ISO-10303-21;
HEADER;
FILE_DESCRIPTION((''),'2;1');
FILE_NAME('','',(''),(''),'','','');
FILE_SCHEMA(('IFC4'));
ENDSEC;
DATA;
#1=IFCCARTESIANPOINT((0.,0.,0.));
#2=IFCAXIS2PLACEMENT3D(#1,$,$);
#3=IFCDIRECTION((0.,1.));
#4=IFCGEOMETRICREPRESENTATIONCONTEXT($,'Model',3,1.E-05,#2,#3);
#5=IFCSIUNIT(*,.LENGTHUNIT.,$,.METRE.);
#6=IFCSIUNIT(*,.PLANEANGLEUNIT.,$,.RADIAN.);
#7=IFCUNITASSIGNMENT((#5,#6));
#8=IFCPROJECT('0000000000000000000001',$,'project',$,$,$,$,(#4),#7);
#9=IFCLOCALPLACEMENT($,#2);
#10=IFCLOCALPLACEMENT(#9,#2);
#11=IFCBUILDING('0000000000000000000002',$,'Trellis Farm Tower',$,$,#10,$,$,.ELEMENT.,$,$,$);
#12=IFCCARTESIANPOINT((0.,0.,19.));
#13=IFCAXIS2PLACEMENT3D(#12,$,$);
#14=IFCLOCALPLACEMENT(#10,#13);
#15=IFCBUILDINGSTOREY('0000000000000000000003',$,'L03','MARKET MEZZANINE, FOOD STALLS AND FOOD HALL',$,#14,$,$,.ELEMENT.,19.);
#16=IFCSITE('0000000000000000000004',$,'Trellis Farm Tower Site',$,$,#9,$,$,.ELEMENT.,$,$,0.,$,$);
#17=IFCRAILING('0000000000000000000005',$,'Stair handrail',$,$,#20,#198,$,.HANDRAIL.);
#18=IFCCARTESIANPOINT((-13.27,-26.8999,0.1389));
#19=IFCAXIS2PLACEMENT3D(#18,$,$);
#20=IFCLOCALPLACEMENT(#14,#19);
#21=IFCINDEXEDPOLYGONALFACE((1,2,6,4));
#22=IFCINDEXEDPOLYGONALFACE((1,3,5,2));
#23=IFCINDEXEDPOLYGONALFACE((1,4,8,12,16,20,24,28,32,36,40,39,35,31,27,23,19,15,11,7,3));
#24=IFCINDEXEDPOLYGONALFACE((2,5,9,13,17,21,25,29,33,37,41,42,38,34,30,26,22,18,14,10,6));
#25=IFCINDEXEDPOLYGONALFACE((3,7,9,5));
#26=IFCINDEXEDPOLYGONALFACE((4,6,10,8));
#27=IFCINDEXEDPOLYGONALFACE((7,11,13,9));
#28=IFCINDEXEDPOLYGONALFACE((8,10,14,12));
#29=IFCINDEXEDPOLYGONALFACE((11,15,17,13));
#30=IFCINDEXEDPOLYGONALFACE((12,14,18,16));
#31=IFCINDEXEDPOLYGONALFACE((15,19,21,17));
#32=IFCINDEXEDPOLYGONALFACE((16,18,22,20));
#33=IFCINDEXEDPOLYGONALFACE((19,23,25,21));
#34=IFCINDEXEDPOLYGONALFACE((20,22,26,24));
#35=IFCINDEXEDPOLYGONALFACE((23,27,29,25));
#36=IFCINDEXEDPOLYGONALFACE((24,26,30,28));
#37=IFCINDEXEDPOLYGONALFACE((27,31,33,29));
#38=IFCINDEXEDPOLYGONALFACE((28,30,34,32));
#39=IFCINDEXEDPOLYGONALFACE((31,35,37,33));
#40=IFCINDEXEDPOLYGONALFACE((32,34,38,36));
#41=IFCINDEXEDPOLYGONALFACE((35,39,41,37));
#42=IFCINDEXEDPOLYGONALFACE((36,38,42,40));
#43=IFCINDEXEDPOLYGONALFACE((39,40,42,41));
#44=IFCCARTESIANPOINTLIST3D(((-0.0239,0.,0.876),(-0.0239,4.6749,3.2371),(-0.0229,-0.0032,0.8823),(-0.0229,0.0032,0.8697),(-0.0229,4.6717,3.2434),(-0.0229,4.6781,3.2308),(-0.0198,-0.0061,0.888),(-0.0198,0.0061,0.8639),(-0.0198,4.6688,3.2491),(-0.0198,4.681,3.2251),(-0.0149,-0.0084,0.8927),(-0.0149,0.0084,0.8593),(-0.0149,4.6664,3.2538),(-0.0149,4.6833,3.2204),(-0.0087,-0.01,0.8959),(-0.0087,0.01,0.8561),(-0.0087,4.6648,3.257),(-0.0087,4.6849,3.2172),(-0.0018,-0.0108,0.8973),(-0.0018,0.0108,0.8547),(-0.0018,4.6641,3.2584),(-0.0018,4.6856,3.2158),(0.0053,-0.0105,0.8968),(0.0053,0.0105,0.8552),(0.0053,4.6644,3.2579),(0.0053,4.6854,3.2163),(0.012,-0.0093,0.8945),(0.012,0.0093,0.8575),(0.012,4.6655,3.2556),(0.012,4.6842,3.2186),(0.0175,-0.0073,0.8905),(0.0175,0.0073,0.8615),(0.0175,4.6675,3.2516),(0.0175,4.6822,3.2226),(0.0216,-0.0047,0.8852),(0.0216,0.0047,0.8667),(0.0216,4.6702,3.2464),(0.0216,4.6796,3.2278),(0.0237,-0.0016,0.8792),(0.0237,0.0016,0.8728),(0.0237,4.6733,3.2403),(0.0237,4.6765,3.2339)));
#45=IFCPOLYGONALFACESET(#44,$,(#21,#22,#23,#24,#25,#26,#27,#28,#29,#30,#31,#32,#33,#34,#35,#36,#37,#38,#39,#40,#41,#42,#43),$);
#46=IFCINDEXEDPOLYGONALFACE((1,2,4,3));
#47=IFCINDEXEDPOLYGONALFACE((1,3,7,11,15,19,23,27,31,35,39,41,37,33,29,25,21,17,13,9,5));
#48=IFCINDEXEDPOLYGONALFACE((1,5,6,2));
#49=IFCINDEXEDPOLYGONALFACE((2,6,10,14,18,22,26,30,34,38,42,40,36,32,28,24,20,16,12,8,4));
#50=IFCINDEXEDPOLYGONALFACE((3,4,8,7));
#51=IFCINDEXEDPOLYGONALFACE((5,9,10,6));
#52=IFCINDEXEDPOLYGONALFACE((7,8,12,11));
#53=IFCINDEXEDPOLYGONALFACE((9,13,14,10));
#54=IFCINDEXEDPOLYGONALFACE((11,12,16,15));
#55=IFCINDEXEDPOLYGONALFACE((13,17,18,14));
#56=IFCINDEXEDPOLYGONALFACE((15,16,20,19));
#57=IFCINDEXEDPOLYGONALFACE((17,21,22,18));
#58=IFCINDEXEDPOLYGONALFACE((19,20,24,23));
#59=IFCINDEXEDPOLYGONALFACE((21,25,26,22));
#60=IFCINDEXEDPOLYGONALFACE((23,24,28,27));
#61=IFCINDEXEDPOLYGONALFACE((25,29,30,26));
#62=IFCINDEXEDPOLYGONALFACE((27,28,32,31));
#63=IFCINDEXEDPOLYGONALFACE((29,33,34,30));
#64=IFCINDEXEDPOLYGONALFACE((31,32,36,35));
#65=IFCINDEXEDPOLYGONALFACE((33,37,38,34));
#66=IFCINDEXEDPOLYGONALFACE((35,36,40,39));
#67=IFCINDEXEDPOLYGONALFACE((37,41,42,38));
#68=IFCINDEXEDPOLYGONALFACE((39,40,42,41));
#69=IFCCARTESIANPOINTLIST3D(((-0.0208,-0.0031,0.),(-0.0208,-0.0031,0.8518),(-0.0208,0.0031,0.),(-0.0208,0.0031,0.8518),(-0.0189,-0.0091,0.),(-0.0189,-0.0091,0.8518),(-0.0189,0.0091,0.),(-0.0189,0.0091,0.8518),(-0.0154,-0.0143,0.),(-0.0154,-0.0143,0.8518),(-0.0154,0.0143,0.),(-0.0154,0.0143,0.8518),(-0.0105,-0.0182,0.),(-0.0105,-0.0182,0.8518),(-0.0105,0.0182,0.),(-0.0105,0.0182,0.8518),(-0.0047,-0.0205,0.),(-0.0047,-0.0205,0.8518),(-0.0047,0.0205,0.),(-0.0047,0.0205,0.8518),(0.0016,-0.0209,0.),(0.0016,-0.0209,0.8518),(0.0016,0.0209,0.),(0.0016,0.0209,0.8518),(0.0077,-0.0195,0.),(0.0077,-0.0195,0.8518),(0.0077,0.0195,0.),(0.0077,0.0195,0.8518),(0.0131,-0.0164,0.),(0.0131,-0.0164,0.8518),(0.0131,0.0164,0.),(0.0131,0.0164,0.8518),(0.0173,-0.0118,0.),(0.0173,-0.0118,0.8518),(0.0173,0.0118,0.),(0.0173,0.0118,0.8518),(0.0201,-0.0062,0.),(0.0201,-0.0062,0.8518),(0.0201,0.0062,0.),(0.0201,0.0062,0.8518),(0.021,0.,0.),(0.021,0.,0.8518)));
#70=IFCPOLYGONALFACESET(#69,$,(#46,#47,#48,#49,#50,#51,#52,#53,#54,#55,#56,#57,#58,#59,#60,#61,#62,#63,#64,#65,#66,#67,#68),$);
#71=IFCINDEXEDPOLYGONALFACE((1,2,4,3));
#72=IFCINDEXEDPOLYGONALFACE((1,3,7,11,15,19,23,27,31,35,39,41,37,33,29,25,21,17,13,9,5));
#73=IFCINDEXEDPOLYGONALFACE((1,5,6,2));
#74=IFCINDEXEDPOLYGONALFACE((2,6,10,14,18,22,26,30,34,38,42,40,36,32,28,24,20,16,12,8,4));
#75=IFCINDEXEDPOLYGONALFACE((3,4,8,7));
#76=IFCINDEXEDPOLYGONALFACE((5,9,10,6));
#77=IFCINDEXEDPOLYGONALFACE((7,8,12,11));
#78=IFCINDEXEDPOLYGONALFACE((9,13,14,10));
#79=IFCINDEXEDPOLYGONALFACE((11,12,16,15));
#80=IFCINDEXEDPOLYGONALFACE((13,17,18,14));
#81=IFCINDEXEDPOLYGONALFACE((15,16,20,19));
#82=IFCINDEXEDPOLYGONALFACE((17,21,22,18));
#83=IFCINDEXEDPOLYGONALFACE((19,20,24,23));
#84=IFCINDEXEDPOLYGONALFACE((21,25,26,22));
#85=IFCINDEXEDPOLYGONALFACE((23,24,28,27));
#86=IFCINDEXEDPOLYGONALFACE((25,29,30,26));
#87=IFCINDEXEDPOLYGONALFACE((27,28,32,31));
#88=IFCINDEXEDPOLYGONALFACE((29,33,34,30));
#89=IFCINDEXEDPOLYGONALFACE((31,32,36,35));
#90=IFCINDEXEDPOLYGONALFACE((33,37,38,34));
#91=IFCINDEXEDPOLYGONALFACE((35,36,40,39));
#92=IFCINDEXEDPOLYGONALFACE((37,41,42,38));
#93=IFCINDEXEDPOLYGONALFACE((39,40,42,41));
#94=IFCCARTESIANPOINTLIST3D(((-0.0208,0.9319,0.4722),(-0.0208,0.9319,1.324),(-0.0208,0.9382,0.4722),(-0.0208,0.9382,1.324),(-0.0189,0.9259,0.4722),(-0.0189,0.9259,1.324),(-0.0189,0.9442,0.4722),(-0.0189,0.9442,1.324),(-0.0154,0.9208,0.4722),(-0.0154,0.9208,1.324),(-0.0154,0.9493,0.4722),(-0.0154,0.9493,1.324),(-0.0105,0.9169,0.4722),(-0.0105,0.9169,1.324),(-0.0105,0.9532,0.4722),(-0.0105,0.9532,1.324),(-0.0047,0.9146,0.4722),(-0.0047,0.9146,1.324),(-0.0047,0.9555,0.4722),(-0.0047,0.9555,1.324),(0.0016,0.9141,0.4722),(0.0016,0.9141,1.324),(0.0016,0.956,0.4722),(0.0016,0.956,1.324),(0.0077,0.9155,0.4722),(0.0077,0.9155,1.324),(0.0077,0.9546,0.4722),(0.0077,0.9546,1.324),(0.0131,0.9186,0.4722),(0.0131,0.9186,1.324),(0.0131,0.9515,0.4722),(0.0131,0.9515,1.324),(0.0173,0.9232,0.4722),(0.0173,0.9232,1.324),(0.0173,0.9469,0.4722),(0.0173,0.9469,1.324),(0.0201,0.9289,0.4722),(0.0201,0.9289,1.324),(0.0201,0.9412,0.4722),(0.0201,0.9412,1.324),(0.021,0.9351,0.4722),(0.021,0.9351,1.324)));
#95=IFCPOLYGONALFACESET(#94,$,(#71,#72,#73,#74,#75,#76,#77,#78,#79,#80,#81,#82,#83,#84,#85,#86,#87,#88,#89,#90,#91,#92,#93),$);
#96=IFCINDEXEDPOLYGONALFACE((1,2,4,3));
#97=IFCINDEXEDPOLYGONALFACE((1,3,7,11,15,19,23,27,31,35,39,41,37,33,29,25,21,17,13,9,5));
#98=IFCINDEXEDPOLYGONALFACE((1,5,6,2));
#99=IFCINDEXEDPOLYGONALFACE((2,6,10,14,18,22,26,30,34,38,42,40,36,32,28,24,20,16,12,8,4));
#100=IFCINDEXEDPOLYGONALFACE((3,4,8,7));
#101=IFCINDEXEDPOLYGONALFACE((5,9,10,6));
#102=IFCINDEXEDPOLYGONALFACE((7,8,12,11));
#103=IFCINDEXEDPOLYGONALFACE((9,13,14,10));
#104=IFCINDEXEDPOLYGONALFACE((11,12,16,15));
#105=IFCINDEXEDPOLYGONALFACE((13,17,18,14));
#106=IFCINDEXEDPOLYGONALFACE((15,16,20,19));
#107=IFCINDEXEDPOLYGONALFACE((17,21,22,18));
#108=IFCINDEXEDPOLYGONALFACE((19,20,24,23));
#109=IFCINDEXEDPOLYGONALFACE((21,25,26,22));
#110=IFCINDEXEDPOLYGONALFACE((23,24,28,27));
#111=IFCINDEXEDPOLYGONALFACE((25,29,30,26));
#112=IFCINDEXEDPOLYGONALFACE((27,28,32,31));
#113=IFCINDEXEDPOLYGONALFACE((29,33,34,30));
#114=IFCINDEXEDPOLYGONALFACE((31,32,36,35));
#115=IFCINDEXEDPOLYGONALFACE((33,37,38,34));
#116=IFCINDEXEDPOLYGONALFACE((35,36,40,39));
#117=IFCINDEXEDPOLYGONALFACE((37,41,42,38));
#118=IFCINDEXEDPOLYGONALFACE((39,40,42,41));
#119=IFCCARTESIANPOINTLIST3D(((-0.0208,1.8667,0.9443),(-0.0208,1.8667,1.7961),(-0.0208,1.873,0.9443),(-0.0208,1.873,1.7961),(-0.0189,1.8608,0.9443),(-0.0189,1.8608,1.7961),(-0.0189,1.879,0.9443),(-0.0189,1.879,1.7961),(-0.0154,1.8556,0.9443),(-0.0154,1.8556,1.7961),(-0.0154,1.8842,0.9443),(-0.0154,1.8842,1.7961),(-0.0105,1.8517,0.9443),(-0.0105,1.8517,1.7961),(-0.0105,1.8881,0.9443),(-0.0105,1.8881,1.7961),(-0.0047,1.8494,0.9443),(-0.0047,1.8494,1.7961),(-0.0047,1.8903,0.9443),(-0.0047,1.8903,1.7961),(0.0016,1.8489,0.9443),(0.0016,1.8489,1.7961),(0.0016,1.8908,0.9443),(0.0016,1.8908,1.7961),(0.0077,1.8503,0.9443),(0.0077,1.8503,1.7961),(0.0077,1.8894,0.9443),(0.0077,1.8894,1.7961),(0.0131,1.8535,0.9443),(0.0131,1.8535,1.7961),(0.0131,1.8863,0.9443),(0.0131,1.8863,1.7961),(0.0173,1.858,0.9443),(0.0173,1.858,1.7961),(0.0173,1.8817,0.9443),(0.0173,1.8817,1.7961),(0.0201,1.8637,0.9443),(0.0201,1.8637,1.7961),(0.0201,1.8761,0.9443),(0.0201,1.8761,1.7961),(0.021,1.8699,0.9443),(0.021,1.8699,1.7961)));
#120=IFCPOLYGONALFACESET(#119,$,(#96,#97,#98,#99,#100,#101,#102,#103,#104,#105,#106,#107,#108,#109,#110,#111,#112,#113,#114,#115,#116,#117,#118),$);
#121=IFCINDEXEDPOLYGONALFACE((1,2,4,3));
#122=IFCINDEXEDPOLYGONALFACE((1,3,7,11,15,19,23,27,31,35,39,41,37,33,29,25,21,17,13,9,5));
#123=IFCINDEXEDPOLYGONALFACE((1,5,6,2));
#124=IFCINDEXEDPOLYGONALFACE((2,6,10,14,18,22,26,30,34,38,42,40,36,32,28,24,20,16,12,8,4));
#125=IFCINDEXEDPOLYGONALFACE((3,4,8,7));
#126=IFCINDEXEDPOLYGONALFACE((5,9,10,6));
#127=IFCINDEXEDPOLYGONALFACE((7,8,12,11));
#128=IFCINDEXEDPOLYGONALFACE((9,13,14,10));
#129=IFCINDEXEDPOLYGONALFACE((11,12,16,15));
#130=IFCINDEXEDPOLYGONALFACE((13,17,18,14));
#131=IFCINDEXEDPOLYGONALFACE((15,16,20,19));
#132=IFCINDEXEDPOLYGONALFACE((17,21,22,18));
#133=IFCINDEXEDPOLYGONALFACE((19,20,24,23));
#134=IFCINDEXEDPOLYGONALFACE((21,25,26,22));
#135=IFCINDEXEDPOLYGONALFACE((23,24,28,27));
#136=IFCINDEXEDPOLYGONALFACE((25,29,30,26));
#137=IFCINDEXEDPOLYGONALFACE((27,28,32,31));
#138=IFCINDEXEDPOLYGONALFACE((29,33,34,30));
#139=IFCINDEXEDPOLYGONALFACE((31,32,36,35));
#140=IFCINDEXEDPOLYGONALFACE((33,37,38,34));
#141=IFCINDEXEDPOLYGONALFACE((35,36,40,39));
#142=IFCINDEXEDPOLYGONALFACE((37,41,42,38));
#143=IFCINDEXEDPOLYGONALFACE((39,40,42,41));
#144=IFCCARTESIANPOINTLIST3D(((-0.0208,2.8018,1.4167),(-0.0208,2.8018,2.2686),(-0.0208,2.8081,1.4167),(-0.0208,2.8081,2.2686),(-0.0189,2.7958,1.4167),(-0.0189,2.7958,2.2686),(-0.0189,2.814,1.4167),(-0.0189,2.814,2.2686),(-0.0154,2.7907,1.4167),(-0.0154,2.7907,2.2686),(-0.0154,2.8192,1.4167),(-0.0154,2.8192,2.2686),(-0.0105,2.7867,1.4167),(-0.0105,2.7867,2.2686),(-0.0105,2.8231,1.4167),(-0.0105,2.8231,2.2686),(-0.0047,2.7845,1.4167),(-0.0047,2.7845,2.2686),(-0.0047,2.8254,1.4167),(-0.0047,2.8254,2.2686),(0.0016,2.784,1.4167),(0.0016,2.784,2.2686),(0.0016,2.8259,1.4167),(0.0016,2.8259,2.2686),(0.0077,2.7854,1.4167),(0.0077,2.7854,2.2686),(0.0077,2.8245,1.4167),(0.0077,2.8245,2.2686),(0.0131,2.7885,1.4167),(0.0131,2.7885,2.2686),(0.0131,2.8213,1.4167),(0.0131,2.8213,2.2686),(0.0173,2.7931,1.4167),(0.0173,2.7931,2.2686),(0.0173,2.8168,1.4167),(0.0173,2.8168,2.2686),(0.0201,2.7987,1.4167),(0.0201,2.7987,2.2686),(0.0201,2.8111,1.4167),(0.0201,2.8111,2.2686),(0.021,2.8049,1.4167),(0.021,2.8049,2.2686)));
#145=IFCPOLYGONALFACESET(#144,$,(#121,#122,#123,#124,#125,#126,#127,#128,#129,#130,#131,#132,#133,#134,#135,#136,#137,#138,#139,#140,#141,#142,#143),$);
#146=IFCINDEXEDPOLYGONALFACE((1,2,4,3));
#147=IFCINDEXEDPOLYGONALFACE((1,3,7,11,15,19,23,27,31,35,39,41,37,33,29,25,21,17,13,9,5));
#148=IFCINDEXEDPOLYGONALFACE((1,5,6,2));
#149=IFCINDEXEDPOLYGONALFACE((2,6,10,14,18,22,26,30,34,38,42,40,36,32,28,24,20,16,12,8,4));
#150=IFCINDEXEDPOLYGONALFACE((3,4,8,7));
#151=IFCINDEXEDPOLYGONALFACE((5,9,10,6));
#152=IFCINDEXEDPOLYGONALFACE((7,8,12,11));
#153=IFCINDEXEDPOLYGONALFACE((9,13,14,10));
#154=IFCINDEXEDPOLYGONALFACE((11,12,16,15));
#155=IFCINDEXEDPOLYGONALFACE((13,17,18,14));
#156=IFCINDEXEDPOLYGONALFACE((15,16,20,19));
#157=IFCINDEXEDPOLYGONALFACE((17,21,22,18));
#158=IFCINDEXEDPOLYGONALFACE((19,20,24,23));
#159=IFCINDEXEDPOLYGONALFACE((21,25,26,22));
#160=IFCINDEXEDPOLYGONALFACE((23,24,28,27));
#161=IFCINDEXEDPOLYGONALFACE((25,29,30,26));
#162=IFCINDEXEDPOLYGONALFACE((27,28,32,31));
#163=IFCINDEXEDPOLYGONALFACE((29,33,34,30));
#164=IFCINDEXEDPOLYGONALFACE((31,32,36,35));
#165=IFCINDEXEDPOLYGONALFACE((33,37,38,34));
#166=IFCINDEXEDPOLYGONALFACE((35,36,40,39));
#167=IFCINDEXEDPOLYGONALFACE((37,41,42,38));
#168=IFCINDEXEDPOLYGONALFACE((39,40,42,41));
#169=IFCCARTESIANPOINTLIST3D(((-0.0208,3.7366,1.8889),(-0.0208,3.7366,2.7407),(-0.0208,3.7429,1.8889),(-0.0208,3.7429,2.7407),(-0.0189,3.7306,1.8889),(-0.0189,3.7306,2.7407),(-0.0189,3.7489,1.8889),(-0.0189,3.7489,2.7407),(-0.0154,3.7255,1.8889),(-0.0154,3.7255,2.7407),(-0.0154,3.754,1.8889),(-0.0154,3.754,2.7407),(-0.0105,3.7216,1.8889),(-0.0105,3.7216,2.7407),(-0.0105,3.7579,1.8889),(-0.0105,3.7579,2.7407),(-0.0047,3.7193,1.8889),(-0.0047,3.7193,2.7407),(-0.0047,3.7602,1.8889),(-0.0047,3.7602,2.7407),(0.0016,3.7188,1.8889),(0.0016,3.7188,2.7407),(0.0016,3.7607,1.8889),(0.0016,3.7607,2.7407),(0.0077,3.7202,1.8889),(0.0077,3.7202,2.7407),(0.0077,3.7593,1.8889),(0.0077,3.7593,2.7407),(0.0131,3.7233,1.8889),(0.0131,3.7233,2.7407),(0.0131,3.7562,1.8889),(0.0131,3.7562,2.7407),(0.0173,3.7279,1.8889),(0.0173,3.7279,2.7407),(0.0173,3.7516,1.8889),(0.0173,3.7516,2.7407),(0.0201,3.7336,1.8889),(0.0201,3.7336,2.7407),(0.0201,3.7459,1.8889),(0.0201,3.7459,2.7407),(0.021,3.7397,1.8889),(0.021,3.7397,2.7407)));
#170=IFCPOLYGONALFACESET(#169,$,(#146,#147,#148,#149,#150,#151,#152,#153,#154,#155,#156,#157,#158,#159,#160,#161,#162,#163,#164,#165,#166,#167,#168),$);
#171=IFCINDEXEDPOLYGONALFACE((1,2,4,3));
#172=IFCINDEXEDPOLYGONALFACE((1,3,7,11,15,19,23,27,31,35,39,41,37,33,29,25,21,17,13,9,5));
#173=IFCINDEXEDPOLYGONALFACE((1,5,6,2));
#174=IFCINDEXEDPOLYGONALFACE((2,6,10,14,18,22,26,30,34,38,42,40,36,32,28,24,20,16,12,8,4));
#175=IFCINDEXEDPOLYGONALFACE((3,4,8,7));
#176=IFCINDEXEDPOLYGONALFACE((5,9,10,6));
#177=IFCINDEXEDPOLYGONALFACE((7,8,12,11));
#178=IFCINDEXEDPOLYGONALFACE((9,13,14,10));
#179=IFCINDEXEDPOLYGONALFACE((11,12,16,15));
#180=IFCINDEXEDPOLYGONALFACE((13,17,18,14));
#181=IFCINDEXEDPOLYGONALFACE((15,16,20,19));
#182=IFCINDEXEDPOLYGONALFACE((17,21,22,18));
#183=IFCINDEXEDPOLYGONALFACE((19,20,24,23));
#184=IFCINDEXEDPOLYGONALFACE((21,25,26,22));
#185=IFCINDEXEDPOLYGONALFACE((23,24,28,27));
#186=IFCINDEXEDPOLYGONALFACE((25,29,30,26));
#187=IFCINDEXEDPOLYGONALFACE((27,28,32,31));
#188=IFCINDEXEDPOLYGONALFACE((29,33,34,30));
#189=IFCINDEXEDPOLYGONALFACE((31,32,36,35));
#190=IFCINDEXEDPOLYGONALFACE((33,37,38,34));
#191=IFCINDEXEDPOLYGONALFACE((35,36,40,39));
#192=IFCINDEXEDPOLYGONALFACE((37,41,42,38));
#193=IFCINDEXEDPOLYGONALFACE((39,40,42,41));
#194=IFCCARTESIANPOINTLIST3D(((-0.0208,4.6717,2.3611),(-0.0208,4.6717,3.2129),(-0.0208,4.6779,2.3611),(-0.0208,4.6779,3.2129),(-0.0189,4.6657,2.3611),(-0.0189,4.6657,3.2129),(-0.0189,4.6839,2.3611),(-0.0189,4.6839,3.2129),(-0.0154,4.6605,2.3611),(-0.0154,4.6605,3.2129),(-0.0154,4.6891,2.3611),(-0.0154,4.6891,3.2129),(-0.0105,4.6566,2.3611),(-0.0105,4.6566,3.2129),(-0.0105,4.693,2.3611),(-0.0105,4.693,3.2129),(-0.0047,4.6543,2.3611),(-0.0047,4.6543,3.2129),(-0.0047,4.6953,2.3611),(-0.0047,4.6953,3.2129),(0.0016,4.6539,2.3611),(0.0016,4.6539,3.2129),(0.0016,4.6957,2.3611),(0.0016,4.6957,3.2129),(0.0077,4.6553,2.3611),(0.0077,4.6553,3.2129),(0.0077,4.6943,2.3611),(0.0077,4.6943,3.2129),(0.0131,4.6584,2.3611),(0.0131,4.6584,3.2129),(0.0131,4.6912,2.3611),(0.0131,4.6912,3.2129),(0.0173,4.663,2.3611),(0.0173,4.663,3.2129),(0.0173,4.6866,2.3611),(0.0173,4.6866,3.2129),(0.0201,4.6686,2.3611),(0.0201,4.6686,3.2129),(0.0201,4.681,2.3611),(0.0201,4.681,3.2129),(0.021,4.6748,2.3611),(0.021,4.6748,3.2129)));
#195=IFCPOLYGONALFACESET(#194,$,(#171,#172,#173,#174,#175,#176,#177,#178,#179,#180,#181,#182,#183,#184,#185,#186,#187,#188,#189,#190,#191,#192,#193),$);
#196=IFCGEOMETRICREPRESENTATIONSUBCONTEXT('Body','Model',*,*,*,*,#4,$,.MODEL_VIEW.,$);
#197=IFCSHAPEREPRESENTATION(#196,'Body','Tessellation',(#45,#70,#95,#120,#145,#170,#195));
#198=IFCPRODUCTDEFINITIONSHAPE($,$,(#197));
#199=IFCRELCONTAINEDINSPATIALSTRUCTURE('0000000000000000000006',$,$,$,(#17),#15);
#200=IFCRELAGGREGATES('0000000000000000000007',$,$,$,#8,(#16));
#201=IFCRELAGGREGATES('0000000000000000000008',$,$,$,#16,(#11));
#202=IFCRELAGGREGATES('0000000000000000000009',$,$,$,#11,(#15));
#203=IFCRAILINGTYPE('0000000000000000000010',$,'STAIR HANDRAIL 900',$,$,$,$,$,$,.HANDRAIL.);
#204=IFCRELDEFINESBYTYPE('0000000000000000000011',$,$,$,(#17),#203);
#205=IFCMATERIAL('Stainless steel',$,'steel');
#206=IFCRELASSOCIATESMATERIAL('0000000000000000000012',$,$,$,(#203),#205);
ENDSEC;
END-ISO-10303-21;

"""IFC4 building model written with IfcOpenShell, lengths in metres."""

from ifc_helpers import new_model, si_unit, direction, frame, origin, origin_2d, place, context, subcontext, project, spatial, circle, extrude, source, transform, mapped, material, type_object, element, save


model = new_model("IFC4")

# Units and contexts
model_context = context("Model", 3, precision=1e-05, world=origin(), true_north=direction((0.0, 1.0)))
body_context = subcontext(model_context, "Body", "Model", "MODEL_VIEW")
ifc_project = project(units=[si_unit("LENGTHUNIT", "METRE"), si_unit("PLANEANGLEUNIT", "RADIAN")], contexts=[model_context])

# Site, building, storey
site_placement = place(None, origin())
site = spatial("IfcSite", under=ifc_project, at=site_placement, Name="Trellis Farm Tower Site", CompositionType="ELEMENT", RefElevation=0.0)
building_placement = place(site_placement, origin())
building = spatial("IfcBuilding", under=site, at=building_placement, Name="Trellis Farm Tower", CompositionType="ELEMENT")
storey_placement = place(building_placement, frame((0.0, 0.0, 19.0)))
storey = spatial("IfcBuildingStorey", under=building, at=storey_placement, Name="L03", Description="MARKET MEZZANINE, FOOD STALLS AND FOOD HALL", CompositionType="ELEMENT", Elevation=19.0)

# Railing
ifc_material_1 = material(Name="Stainless steel", Category="steel")
railing_type = type_object("IfcRailingType", Name="STAIR HANDRAIL 900", PredefinedType="HANDRAIL", material=ifc_material_1)
shared_shape_1 = source(origin(), body_context, "Body", "SweptSolid", [
    extrude(circle(Radius=0.0239, at=origin_2d()), frame((0.0, 0.0, 0.876), z_axis=(0.0, 0.892611, 0.450827), x_axis=(-1.0, 0.0, 0.0)), (0.0, 0.0, 1.0), 5.2373),
    extrude(circle(Radius=0.021, at=origin_2d()), origin(), (0.0, 0.0, 1.0), 0.8518),
    extrude(circle(Radius=0.021, at=origin_2d()), frame((0.0, 0.9351, 0.4722)), (0.0, 0.0, 1.0), 0.8518),
    extrude(circle(Radius=0.021, at=origin_2d()), frame((0.0, 1.8699, 0.9443)), (0.0, 0.0, 1.0), 0.8518),
    extrude(circle(Radius=0.021, at=origin_2d()), frame((0.0, 2.8049, 1.4167)), (0.0, 0.0, 1.0), 0.8518),
    extrude(circle(Radius=0.021, at=origin_2d()), frame((0.0, 3.7397, 1.8889)), (0.0, 0.0, 1.0), 0.8518),
    extrude(circle(Radius=0.021, at=origin_2d()), frame((0.0, 4.6748, 2.3611)), (0.0, 0.0, 1.0), 0.8518),
])
railing_placement = place(storey_placement, frame((-13.27, -26.8999, 0.1389)))
element("IfcRailing", 1, at=railing_placement, inside=storey, type_object=railing_type, Name="Stair handrail", PredefinedType="HANDRAIL", context=body_context, shape_type="MappedRepresentation", body=[
    mapped(shared_shape_1, transform((0.0, 0.0, 0.0))),
])

save(model, "model.ifc")
